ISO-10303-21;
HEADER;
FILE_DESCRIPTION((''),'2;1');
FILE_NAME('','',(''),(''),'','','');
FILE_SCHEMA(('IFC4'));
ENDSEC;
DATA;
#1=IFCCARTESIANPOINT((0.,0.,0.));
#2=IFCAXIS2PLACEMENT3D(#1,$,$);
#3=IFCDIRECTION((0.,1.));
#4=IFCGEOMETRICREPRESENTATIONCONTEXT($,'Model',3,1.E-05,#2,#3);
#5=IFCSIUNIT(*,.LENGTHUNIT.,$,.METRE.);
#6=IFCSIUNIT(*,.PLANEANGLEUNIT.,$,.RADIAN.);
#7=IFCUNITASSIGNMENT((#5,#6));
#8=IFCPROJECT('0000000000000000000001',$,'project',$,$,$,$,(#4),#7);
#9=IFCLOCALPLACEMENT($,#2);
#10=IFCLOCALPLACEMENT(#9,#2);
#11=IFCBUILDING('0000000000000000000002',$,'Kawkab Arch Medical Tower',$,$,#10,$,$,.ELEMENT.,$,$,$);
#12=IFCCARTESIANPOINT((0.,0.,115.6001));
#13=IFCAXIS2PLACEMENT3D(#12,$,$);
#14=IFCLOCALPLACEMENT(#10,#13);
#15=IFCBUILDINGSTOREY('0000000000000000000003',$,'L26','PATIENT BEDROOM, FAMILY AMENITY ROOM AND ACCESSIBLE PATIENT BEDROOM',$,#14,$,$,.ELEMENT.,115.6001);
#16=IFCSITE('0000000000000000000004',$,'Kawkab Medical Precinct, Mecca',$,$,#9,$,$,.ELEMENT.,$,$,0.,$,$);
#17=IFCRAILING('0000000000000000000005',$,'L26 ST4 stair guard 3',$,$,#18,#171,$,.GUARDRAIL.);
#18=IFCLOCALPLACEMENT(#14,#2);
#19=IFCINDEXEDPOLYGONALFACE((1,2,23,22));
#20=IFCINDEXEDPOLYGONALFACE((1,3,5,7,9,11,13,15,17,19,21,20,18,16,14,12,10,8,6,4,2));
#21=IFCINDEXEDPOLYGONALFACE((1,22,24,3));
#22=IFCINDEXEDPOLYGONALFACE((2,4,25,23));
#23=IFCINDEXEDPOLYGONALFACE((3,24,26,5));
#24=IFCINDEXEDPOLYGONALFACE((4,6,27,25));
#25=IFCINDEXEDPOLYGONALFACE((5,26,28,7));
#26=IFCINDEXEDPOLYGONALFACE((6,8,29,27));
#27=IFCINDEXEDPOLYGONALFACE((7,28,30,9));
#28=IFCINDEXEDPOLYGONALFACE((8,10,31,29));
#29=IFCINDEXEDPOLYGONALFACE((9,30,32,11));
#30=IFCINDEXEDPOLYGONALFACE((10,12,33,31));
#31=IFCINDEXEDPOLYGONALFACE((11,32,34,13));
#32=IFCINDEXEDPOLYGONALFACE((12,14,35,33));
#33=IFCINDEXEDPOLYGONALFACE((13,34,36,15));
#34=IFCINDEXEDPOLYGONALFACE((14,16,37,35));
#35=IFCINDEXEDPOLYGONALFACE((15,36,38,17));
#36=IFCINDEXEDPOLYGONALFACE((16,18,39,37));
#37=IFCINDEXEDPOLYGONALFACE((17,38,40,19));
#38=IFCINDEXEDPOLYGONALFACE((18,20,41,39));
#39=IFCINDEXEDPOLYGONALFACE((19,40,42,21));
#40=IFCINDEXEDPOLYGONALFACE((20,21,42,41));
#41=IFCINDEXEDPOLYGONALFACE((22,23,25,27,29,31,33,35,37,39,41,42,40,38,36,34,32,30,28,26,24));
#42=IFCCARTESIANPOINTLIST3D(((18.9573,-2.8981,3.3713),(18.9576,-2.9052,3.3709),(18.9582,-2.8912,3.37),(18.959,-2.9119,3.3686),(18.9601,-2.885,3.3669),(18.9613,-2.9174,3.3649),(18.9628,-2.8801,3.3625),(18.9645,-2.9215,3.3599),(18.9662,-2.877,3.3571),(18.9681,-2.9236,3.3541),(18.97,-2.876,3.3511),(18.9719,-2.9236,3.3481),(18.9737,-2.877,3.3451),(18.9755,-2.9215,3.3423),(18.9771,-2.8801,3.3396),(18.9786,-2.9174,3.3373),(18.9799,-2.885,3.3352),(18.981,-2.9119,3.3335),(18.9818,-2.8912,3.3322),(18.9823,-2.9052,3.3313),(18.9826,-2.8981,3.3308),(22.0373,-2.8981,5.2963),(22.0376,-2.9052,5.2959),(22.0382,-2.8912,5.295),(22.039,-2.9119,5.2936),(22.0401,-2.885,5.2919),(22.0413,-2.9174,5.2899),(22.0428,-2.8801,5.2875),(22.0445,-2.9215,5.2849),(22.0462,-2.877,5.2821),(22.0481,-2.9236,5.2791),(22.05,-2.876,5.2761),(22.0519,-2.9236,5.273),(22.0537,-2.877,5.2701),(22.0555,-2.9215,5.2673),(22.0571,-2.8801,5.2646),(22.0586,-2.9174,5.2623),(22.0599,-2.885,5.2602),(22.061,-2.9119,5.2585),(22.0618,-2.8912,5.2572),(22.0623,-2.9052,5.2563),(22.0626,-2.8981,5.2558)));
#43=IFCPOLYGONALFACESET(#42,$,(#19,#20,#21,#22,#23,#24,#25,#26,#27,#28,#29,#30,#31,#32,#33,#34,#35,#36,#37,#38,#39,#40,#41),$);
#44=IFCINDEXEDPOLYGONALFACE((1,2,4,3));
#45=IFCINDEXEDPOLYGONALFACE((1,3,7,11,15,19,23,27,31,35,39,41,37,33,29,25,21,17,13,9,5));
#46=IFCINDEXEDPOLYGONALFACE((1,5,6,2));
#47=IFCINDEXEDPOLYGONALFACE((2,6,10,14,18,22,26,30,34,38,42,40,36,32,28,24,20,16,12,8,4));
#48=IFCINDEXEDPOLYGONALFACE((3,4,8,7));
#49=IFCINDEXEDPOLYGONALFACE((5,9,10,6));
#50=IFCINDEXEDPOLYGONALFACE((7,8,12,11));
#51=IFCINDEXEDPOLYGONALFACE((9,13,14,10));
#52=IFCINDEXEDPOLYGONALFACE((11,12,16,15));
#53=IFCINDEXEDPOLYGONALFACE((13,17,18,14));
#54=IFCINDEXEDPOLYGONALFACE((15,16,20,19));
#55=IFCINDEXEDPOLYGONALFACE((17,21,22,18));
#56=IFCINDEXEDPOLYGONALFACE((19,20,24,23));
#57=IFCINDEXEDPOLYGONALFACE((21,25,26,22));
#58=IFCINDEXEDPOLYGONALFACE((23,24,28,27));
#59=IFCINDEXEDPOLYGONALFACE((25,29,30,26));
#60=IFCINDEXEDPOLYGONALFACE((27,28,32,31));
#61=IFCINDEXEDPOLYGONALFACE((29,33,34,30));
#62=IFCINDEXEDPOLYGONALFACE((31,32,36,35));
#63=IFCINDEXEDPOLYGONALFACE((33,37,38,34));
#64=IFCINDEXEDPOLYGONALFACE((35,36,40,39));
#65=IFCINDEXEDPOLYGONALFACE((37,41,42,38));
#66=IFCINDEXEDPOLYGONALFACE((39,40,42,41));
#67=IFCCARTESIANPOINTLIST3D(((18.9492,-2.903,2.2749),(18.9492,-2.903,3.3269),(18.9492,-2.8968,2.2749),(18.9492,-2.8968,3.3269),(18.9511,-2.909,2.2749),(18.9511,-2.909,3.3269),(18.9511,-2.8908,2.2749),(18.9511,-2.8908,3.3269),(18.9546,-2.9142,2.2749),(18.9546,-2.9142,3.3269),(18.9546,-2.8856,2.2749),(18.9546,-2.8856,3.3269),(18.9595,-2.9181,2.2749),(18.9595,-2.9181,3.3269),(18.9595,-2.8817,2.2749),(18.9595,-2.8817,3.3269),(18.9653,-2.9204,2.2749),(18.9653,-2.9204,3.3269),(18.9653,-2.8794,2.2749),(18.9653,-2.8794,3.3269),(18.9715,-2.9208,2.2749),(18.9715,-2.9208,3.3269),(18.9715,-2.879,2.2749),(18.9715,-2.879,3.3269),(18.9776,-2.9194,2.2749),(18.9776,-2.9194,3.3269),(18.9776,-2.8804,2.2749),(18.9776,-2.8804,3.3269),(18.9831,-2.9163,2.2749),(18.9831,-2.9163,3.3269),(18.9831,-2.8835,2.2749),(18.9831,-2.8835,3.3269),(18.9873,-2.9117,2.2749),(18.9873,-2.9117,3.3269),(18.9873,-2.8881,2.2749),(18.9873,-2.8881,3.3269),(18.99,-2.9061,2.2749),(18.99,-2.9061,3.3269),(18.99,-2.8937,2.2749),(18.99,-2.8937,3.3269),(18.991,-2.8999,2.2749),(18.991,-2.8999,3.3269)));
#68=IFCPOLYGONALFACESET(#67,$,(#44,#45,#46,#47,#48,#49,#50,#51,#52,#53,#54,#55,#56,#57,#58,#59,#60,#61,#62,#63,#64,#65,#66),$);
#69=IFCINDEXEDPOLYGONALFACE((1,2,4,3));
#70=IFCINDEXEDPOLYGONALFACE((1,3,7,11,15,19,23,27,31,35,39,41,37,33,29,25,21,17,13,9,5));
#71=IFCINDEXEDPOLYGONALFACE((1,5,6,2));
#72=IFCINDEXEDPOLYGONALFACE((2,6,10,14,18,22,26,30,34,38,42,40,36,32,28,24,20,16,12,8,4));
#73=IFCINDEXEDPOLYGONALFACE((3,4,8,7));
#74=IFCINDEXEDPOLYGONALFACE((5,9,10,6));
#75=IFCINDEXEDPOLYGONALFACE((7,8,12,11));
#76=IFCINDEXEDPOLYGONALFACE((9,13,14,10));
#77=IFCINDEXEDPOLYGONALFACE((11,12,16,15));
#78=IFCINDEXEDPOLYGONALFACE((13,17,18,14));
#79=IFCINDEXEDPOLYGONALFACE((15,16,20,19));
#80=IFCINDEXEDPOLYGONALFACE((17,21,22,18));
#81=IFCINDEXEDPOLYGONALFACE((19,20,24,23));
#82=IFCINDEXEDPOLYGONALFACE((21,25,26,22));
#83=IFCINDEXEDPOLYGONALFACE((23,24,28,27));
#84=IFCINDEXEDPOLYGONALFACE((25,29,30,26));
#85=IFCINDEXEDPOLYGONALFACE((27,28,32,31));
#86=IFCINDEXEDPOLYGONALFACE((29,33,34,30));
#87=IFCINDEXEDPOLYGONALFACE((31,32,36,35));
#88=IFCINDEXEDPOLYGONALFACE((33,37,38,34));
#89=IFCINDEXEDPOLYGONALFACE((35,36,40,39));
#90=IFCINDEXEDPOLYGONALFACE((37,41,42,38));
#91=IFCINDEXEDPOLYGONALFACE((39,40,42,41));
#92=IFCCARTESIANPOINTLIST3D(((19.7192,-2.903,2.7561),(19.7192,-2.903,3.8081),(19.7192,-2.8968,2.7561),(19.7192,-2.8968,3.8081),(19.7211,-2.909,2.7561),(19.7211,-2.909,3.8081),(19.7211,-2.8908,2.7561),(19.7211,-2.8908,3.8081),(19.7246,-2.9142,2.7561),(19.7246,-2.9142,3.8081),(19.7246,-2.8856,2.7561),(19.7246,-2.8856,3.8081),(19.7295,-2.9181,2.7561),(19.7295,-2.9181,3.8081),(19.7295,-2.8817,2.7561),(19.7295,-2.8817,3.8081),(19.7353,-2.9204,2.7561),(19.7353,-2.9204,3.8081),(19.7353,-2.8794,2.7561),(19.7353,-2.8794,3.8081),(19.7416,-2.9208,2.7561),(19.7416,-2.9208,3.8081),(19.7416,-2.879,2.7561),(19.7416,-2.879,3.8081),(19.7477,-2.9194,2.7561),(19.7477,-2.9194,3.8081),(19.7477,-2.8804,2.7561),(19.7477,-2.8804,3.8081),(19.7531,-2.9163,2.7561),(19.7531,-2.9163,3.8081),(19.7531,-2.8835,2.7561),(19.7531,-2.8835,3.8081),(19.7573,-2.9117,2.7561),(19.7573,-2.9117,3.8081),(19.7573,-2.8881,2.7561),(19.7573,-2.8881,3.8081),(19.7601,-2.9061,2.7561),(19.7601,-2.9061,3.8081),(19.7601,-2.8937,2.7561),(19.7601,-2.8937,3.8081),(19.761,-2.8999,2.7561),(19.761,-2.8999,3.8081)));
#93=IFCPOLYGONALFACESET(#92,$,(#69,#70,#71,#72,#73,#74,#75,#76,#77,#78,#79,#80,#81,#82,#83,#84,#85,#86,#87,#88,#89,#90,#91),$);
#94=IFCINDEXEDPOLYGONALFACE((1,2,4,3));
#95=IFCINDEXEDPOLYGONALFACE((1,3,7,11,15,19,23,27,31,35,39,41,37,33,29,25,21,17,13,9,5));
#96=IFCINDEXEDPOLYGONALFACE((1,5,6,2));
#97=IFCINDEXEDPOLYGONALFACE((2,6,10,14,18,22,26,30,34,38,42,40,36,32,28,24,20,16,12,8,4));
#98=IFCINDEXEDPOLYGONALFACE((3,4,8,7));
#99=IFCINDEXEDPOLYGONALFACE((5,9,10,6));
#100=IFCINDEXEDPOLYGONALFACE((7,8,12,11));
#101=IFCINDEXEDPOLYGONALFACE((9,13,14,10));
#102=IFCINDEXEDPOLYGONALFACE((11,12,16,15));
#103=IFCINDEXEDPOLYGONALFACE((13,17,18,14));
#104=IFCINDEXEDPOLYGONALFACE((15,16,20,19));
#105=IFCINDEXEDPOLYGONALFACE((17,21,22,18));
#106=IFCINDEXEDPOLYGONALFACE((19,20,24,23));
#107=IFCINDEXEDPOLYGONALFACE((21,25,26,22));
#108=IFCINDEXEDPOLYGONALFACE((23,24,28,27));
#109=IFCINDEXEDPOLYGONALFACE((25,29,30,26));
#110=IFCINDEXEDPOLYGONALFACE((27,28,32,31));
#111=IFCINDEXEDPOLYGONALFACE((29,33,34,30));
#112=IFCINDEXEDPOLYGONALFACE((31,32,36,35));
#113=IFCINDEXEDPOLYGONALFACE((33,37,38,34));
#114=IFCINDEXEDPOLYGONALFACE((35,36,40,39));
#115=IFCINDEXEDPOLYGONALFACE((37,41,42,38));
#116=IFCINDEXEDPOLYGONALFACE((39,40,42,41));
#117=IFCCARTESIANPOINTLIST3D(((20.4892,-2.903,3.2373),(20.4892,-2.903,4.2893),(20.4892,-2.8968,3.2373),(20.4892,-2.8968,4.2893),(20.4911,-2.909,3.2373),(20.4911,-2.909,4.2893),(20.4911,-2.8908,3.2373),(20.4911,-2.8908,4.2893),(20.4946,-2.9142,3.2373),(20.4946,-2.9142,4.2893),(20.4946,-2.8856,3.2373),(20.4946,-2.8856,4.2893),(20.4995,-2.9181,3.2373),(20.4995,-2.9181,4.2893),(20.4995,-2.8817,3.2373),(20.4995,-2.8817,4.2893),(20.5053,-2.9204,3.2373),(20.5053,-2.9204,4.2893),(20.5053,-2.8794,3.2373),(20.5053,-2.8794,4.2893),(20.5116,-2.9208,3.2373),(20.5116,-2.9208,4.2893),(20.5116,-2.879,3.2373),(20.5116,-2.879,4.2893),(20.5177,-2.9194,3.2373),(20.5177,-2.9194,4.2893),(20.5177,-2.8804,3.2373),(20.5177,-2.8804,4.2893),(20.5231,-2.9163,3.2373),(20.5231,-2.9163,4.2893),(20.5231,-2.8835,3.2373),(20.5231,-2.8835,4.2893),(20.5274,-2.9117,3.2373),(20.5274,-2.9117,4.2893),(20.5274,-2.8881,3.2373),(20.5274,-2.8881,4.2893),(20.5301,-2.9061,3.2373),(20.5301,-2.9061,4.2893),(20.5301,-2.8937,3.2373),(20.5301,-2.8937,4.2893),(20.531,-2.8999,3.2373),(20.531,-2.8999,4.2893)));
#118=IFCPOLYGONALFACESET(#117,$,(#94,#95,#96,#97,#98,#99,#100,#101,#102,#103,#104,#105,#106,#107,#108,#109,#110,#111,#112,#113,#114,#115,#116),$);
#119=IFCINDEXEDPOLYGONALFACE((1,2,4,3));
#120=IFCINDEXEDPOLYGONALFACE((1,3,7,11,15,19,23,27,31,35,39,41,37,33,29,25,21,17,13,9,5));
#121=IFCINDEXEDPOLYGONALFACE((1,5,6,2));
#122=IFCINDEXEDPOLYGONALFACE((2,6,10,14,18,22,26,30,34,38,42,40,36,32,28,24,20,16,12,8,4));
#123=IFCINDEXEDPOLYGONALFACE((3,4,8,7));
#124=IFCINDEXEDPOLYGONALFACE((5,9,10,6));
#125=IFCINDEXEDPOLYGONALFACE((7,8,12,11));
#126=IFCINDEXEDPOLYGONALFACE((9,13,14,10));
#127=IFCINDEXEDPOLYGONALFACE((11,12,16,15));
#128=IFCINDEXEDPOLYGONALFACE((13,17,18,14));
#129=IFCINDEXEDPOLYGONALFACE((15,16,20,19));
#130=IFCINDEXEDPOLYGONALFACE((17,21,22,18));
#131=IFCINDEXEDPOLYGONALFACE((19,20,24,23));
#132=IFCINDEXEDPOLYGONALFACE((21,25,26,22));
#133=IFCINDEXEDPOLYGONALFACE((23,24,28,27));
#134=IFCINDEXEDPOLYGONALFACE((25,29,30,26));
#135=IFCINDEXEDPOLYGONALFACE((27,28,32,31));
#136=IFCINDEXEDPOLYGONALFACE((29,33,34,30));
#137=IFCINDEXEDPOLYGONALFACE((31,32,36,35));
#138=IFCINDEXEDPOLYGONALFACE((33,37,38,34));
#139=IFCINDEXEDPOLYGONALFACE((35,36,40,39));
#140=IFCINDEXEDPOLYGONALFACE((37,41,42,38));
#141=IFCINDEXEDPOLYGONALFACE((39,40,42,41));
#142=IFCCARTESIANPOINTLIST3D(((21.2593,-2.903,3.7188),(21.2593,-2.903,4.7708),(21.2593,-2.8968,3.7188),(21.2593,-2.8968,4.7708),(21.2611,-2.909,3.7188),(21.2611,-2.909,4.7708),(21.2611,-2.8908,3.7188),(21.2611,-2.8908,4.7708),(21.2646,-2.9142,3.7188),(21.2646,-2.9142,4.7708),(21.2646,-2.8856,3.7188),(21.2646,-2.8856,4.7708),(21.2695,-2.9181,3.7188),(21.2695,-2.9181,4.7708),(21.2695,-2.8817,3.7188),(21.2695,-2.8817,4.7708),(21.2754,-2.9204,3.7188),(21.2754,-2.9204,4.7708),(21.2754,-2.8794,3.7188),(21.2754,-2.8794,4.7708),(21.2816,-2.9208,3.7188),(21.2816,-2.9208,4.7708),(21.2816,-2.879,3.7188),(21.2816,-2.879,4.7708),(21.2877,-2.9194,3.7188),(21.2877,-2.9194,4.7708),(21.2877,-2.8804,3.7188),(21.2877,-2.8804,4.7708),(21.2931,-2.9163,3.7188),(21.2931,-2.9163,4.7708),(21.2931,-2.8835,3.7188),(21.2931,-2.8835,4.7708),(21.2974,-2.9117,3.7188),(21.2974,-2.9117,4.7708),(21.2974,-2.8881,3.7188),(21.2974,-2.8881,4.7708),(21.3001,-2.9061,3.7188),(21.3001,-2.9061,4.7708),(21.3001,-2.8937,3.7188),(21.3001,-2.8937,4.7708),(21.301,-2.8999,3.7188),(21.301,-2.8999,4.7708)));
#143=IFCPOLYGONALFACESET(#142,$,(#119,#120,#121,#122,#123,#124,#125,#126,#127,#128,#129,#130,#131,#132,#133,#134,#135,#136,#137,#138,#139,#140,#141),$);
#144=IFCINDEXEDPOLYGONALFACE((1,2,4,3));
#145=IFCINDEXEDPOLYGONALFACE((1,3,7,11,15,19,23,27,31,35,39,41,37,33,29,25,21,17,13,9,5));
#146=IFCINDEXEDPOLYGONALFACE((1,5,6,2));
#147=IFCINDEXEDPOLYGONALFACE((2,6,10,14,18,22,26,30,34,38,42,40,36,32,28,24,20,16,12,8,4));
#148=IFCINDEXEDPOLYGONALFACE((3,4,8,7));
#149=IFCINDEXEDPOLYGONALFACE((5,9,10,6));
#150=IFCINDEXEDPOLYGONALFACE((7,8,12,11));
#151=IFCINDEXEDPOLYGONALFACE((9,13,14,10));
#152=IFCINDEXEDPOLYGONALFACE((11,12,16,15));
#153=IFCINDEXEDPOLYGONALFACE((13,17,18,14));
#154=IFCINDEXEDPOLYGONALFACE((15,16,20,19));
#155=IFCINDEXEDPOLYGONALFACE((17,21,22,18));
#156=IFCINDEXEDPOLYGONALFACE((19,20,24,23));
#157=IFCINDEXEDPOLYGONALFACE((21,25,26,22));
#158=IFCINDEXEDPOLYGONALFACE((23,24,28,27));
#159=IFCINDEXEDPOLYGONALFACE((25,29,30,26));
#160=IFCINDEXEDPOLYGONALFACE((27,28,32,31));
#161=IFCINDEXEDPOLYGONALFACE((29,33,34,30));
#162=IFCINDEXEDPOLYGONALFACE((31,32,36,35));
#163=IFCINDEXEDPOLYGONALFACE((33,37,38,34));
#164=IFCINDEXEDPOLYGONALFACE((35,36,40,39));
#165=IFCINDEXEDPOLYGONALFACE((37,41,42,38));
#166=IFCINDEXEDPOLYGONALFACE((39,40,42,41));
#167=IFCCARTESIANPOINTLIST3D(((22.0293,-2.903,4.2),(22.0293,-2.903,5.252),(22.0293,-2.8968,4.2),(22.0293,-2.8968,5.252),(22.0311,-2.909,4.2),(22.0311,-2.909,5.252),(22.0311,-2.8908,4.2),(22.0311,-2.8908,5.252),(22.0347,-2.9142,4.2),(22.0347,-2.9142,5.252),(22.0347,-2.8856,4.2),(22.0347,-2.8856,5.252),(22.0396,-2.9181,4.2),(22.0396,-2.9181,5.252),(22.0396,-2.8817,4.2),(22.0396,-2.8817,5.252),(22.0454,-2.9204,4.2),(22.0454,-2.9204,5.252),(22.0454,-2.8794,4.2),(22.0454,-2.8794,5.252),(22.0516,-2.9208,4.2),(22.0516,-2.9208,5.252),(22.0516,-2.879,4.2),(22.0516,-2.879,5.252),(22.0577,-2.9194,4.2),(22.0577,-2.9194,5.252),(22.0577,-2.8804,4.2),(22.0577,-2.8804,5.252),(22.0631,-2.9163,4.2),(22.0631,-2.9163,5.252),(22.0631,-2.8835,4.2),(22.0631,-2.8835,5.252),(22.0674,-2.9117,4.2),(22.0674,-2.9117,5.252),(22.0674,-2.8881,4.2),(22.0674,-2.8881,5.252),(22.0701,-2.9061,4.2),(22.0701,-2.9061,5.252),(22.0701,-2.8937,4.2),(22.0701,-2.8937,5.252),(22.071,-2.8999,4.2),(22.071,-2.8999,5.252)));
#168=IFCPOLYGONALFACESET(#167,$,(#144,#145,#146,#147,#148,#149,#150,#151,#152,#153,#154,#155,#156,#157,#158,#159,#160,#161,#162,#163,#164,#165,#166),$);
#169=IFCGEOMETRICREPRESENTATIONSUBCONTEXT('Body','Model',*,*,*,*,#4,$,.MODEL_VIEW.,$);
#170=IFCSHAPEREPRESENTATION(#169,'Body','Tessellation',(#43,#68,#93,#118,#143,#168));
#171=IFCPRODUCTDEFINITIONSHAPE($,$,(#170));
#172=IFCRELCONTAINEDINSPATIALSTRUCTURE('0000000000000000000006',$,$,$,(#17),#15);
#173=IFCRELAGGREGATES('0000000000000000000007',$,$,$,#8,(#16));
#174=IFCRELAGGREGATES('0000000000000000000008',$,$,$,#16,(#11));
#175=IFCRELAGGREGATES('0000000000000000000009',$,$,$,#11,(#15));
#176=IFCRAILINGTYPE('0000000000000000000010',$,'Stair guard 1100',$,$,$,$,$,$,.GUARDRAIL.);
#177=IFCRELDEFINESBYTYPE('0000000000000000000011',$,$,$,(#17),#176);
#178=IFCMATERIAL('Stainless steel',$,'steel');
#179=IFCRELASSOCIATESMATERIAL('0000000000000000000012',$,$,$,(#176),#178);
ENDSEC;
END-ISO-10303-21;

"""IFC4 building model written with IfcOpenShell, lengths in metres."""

from ifc_helpers import new_model, si_unit, direction, frame, origin, origin_2d, place, context, subcontext, project, spatial, circle, extrude, material, type_object, element, save


model = new_model("IFC4")

# Units and contexts
model_context = context("Model", 3, precision=1e-05, world=origin(), true_north=direction((0.0, 1.0)))
body_context = subcontext(model_context, "Body", "Model", "MODEL_VIEW")
ifc_project = project(units=[si_unit("LENGTHUNIT", "METRE"), si_unit("PLANEANGLEUNIT", "RADIAN")], contexts=[model_context])

# Site, building, storey
site_placement = place(None, origin())
site = spatial("IfcSite", under=ifc_project, at=site_placement, Name="Kawkab Medical Precinct, Mecca", CompositionType="ELEMENT", RefElevation=0.0)
building_placement = place(site_placement, origin())
building = spatial("IfcBuilding", under=site, at=building_placement, Name="Kawkab Arch Medical Tower", CompositionType="ELEMENT")
storey_placement = place(building_placement, frame((0.0, 0.0, 115.6001)))
storey = spatial("IfcBuildingStorey", under=building, at=storey_placement, Name="L26", Description="PATIENT BEDROOM, FAMILY AMENITY ROOM AND ACCESSIBLE PATIENT BEDROOM", CompositionType="ELEMENT", Elevation=115.6001)

# Railing
ifc_material_1 = material(Name="Stainless steel", Category="steel")
railing_type_1 = type_object("IfcRailingType", Name="Stair guard 1100", PredefinedType="GUARDRAIL", material=ifc_material_1)
railing_1_placement = place(storey_placement, frame((18.97, -2.8999, 2.2749)))
element("IfcRailing", 1, at=railing_1_placement, inside=storey, type_object=railing_type_1, Name="L26 ST4 stair guard 3", PredefinedType="GUARDRAIL", context=body_context, shape_type="SweptSolid", body=[
    extrude(circle(Radius=0.0239, at=origin_2d()), frame((0.0, 0.0, 1.0762), z_axis=(0.847998, 0.0, 0.529999), x_axis=(0.0, 1.0, 0.0)), (0.0, 0.0, 1.0), 3.6321),
    extrude(circle(Radius=0.021, at=origin_2d()), origin(), (0.0, 0.0, 1.0), 1.052),
    extrude(circle(Radius=0.021, at=origin_2d()), frame((0.77, 0.0, 0.4812)), (0.0, 0.0, 1.0), 1.052),
    extrude(circle(Radius=0.021, at=origin_2d()), frame((1.54, 0.0, 0.9624)), (0.0, 0.0, 1.0), 1.052),
    extrude(circle(Radius=0.021, at=origin_2d()), frame((2.3101, 0.0, 1.4438)), (0.0, 0.0, 1.0), 1.052),
    extrude(circle(Radius=0.021, at=origin_2d()), frame((3.0801, 0.0, 1.925)), (0.0, 0.0, 1.0), 1.052),
])

save(model, "model.ifc")
